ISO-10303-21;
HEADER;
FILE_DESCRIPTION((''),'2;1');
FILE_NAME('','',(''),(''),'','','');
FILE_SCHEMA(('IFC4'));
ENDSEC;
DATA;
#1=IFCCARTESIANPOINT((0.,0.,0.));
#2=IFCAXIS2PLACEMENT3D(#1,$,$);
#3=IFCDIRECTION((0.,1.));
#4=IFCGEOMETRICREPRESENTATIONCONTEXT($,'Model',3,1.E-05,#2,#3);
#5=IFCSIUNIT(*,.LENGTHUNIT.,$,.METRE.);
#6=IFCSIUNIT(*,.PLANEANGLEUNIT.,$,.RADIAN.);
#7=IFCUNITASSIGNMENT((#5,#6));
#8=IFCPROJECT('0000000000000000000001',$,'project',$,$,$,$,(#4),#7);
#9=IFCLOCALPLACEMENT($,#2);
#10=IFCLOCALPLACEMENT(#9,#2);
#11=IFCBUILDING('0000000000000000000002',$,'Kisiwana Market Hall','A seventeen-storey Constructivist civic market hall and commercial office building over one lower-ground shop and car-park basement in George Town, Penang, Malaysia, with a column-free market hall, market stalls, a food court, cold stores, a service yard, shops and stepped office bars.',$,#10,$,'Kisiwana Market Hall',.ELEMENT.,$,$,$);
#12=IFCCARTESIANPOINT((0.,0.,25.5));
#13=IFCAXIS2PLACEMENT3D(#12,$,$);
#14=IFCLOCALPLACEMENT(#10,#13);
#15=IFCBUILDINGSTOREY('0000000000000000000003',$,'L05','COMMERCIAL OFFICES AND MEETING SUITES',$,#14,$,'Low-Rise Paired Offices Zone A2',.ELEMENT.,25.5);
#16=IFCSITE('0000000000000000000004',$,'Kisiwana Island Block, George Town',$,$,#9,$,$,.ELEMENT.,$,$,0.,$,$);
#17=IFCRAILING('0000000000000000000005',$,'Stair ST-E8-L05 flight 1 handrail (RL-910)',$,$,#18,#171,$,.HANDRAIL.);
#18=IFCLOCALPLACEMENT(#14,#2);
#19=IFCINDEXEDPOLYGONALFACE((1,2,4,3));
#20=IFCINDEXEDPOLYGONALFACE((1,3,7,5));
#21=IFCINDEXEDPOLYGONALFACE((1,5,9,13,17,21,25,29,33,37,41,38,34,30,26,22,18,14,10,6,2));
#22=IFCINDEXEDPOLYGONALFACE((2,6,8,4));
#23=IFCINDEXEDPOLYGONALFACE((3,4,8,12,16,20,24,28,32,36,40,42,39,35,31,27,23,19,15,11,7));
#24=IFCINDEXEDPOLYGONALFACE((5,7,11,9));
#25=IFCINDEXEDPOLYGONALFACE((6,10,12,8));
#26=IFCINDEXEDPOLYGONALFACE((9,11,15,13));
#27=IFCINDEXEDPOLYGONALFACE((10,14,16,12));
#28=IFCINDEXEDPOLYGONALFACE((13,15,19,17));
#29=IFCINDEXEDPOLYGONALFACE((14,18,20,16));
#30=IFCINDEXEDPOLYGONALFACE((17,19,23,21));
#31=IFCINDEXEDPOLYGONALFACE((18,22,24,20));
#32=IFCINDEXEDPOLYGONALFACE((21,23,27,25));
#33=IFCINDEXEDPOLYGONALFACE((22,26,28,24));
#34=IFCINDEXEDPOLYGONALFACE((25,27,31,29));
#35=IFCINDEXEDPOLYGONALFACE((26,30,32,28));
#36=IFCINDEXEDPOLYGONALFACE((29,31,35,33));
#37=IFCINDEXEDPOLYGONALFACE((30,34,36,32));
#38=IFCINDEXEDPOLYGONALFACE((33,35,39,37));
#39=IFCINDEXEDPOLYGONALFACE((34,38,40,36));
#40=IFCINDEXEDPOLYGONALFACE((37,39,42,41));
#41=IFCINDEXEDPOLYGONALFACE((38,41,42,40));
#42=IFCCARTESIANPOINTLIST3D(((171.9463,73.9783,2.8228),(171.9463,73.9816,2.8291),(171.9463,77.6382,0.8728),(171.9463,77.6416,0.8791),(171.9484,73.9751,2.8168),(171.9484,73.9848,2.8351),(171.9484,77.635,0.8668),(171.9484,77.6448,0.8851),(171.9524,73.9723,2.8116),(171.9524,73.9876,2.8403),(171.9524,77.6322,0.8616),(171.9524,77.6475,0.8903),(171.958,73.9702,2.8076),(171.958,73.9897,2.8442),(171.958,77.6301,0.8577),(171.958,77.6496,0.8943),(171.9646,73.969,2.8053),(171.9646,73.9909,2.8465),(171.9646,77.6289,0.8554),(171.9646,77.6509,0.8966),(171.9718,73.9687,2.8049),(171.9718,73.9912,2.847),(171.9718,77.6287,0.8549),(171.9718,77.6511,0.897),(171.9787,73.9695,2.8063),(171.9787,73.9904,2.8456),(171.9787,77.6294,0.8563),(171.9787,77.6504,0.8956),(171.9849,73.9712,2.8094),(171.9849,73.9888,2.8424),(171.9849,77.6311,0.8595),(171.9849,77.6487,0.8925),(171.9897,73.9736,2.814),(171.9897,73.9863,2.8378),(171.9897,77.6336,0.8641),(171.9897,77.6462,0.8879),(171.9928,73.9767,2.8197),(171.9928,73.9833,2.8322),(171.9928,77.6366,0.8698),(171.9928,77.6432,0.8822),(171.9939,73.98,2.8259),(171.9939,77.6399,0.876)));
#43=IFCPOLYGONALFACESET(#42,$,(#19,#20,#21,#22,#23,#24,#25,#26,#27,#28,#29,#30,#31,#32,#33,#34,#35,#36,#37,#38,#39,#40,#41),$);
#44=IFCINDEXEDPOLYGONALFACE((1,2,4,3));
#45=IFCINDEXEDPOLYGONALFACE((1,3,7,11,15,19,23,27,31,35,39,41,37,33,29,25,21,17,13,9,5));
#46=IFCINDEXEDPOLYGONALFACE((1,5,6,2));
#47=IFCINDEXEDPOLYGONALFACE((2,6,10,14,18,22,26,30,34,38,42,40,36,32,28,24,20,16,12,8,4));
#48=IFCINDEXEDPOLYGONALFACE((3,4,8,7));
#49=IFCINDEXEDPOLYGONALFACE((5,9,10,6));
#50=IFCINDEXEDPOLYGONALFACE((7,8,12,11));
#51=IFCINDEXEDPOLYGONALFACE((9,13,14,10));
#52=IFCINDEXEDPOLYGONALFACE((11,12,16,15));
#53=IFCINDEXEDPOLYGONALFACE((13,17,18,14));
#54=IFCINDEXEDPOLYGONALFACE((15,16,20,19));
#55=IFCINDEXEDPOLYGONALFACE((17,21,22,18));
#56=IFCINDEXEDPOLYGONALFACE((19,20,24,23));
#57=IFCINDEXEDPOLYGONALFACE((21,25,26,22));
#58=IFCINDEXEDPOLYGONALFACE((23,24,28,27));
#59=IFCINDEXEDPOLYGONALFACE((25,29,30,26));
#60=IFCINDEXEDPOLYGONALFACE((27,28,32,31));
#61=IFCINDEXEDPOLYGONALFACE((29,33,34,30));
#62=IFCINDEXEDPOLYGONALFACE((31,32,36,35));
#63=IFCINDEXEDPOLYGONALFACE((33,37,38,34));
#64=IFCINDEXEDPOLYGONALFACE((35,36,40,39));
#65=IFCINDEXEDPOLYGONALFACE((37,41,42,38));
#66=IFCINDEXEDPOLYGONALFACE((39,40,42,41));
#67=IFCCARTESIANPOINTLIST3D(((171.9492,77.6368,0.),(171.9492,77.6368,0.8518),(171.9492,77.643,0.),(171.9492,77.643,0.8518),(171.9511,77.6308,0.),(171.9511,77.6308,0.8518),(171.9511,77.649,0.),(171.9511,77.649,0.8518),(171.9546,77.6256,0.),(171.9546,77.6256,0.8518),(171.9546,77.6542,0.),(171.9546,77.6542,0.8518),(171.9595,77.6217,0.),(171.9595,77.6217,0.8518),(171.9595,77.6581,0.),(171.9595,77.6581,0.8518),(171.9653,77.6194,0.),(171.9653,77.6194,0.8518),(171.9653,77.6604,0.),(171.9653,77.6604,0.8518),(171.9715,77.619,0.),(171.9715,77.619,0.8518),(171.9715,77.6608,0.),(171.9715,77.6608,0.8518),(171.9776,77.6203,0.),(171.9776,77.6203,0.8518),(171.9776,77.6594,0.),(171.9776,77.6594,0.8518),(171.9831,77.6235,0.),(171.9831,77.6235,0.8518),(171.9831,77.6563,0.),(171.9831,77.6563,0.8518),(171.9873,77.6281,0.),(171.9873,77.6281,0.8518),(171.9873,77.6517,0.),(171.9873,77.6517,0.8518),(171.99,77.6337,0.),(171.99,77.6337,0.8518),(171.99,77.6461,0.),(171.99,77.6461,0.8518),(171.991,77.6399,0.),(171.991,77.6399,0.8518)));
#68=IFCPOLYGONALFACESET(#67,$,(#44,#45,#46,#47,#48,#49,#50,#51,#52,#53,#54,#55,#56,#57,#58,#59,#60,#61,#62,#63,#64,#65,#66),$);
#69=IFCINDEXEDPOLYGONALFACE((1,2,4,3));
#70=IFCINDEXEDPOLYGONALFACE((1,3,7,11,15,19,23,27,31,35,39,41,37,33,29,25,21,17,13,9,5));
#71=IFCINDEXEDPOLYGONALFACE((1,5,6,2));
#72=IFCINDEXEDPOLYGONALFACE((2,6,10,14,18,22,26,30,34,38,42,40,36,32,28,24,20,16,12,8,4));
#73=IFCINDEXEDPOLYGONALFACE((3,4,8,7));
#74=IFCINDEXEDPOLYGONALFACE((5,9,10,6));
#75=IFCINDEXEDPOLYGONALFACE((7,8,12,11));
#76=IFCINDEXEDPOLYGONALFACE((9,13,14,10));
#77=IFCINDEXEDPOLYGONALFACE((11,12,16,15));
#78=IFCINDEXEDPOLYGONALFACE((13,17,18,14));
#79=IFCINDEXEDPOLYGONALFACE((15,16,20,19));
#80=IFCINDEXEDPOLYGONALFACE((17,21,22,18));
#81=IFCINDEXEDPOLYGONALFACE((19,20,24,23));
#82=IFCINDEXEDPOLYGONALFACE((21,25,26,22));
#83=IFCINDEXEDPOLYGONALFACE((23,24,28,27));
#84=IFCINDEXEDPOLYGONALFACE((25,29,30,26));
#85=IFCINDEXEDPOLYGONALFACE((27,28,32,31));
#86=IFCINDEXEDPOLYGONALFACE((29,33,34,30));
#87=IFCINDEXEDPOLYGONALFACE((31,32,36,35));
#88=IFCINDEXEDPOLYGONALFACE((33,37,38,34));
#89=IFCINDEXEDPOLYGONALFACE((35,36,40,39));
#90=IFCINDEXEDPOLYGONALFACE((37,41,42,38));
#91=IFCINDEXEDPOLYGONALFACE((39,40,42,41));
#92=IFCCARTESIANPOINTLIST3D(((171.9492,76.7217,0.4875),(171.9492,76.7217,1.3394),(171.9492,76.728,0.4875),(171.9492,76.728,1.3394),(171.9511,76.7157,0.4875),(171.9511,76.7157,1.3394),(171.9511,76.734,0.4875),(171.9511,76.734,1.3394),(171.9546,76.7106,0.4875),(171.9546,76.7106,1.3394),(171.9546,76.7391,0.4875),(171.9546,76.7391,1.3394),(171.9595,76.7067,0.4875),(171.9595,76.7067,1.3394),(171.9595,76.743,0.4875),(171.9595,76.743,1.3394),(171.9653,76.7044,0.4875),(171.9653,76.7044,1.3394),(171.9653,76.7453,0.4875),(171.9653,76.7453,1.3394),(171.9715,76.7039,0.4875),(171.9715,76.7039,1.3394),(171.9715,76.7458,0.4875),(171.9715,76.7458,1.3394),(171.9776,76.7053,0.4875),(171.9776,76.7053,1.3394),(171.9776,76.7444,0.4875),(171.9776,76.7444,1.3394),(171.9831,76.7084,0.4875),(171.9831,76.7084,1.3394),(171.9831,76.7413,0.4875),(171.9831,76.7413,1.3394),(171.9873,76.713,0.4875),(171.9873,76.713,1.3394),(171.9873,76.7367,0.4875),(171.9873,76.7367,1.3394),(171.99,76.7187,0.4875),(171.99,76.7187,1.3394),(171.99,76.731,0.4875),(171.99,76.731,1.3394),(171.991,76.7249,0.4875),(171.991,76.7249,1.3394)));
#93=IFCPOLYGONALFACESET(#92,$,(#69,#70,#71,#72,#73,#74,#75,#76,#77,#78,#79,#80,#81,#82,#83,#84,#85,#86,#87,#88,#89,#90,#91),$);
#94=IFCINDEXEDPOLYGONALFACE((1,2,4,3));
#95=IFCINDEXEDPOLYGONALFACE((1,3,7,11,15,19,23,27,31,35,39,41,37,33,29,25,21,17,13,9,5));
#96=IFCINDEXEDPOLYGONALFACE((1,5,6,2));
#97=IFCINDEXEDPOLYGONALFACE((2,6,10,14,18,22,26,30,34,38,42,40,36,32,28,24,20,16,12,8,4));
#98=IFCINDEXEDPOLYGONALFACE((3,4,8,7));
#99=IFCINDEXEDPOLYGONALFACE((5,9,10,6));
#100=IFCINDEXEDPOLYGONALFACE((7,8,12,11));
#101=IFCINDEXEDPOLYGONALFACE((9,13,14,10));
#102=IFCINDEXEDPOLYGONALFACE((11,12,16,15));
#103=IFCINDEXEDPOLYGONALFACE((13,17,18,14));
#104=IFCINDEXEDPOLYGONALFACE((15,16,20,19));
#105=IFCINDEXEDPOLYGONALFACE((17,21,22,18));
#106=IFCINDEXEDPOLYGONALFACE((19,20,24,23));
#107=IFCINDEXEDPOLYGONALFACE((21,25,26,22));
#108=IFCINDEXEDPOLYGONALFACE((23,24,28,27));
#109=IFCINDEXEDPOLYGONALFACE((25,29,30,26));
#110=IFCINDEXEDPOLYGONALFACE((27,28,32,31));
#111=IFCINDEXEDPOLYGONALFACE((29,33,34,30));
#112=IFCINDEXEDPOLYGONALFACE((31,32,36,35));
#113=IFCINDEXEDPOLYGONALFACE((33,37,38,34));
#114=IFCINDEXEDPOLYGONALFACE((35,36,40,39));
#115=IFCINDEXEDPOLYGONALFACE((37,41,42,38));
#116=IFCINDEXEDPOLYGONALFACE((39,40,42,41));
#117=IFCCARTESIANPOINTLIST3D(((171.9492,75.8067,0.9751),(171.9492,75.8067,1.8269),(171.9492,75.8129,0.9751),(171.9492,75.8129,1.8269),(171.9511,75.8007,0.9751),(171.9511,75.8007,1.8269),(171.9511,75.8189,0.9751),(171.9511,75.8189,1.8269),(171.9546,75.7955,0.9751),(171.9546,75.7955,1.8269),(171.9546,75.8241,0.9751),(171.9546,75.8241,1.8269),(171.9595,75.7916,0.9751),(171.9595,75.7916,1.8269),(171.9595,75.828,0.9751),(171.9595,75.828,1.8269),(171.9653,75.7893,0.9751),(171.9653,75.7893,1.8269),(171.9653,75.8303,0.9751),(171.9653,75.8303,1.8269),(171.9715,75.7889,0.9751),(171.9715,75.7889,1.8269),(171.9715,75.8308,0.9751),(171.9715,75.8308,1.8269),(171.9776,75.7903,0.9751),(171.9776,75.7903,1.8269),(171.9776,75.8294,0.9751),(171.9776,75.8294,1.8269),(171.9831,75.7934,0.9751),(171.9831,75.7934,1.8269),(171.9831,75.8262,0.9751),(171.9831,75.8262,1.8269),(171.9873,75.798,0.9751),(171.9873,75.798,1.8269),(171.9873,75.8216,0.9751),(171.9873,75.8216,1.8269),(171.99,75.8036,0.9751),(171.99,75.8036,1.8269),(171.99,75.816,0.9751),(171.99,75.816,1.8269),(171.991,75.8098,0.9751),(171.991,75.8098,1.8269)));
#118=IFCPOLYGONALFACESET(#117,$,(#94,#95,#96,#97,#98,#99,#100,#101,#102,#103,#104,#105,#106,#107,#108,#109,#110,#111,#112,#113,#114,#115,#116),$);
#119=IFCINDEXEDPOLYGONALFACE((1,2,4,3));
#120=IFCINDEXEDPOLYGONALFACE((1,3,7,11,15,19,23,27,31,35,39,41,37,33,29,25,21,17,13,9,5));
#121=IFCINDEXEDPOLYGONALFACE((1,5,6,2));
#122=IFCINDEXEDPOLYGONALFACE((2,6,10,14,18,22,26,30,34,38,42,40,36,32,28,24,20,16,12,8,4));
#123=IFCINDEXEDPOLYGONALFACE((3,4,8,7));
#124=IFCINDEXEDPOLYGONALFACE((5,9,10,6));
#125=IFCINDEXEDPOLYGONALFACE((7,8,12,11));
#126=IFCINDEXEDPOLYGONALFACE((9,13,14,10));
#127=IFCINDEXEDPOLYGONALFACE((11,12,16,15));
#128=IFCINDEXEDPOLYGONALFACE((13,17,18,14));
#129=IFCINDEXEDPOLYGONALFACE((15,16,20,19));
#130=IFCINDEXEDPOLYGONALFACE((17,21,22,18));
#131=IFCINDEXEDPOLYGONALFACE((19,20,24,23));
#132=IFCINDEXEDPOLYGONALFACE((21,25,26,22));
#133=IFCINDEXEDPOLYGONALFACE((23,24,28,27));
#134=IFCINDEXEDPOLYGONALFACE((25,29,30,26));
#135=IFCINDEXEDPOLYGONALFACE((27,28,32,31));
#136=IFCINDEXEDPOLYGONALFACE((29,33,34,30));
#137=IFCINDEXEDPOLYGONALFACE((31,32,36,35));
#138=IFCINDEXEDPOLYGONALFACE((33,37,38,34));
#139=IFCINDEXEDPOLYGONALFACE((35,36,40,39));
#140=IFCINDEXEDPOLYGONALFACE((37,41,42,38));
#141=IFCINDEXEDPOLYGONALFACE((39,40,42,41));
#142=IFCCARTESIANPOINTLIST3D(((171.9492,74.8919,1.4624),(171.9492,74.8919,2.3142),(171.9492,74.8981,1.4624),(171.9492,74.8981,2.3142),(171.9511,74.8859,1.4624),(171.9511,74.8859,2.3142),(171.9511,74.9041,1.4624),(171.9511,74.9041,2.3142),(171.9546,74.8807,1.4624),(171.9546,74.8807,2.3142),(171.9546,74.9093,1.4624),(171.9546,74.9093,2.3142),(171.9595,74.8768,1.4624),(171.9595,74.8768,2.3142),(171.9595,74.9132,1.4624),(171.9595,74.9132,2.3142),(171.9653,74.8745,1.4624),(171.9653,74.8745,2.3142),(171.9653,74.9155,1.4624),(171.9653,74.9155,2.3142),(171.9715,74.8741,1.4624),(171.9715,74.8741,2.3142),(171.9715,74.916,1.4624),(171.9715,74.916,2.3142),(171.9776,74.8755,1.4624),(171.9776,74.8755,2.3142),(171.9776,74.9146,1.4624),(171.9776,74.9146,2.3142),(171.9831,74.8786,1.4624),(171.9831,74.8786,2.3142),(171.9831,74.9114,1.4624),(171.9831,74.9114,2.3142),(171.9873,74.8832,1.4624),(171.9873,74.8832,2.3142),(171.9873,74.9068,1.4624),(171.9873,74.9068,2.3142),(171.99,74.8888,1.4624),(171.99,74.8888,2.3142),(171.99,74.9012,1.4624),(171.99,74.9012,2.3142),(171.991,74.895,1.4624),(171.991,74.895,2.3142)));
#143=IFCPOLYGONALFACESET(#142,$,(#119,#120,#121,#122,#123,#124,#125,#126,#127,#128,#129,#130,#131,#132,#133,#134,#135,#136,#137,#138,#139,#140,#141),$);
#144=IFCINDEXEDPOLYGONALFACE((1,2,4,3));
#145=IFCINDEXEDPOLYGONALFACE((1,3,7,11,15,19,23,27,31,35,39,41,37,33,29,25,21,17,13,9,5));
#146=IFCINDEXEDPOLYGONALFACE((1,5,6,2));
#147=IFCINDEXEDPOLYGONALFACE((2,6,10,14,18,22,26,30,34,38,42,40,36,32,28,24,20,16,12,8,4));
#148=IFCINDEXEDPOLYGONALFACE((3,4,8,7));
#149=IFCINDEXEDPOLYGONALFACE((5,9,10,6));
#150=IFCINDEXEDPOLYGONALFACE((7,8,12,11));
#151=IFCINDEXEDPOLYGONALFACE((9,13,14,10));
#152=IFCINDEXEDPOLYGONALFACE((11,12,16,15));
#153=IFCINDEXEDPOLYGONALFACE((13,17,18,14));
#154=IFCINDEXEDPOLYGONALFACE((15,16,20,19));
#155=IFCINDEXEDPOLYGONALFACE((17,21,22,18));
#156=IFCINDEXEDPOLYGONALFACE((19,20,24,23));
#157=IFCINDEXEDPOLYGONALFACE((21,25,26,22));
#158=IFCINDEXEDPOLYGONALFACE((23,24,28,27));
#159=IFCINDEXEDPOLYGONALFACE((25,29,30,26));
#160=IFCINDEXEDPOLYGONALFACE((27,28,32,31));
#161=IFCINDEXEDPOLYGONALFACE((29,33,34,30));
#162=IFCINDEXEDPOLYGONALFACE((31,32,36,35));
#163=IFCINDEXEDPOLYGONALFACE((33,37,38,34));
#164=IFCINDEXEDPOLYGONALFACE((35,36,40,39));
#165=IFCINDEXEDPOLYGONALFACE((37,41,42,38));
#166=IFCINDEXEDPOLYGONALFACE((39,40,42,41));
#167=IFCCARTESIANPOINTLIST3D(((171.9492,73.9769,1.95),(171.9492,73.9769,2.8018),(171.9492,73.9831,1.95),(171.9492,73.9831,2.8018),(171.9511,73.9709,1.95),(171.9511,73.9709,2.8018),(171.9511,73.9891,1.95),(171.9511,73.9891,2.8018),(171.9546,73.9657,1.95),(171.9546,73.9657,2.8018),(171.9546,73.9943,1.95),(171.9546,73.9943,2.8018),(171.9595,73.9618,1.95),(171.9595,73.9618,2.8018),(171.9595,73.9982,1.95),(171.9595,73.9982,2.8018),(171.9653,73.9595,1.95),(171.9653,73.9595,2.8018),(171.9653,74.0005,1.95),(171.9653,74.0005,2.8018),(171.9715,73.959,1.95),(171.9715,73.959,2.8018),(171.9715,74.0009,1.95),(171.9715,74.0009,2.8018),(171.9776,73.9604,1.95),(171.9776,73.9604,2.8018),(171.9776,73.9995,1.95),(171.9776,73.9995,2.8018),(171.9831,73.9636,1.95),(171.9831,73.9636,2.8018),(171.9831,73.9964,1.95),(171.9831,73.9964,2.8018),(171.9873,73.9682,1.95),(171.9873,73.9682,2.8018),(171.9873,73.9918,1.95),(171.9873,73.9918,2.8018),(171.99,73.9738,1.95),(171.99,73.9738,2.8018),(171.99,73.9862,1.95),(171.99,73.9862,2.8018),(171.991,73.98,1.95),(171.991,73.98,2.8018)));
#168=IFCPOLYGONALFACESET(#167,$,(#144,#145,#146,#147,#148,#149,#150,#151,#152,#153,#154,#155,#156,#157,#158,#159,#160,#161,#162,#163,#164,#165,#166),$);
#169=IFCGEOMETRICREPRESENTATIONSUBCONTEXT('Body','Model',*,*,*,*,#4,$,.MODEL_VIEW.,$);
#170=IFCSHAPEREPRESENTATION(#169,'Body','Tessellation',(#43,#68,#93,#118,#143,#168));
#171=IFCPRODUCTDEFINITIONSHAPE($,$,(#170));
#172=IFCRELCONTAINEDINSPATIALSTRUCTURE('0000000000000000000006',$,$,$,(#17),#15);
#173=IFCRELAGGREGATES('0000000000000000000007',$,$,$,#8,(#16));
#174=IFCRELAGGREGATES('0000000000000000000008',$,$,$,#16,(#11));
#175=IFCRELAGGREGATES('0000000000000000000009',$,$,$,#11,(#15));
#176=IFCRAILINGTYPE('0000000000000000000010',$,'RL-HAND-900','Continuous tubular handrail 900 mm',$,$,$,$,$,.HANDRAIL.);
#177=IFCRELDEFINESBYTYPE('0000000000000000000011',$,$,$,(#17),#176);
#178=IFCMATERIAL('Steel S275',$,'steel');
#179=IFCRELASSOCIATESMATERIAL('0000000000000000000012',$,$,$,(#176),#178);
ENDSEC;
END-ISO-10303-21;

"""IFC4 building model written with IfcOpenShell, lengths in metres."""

from ifc_helpers import new_model, si_unit, direction, frame, origin, origin_2d, place, context, subcontext, project, spatial, circle, extrude, material, type_object, element, save


model = new_model("IFC4")

# Units and contexts
model_context = context("Model", 3, precision=1e-05, world=origin(), true_north=direction((0.0, 1.0)))
body_context = subcontext(model_context, "Body", "Model", "MODEL_VIEW")
ifc_project = project(units=[si_unit("LENGTHUNIT", "METRE"), si_unit("PLANEANGLEUNIT", "RADIAN")], contexts=[model_context])

# Site, building, storey
site_placement = place(None, origin())
site = spatial("IfcSite", under=ifc_project, at=site_placement, Name="Kisiwana Island Block, George Town", CompositionType="ELEMENT", RefElevation=0.0)
building_placement = place(site_placement, origin())
building = spatial("IfcBuilding", under=site, at=building_placement, Name="Kisiwana Market Hall", Description="A seventeen-storey Constructivist civic market hall and commercial office building over one lower-ground shop and car-park basement in George Town, Penang, Malaysia, with a column-free market hall, market stalls, a food court, cold stores, a service yard, shops and stepped office bars.", LongName="Kisiwana Market Hall", CompositionType="ELEMENT")
storey_placement = place(building_placement, frame((0.0, 0.0, 25.5)))
storey = spatial("IfcBuildingStorey", under=building, at=storey_placement, Name="L05", Description="COMMERCIAL OFFICES AND MEETING SUITES", LongName="Low-Rise Paired Offices Zone A2", CompositionType="ELEMENT", Elevation=25.5)

# Railing
ifc_material_1 = material(Name="Steel S275", Category="steel")
railing_type_1 = type_object("IfcRailingType", Name="RL-HAND-900", Description="Continuous tubular handrail 900 mm", PredefinedType="HANDRAIL", material=ifc_material_1)
for number, where, name in (
    (1, (171.97, 77.6399, 0.0), "Stair ST-E8-L05 flight 1 handrail (RL-910)"),
):
    element("IfcRailing", number, at=place(storey_placement, frame(where)), inside=storey, type_object=railing_type_1, Name=name, PredefinedType="HANDRAIL", context=body_context, shape_type="SweptSolid", body=[
        extrude(circle(Radius=0.0239, at=origin_2d()), frame((0.0, 0.0, 0.876), z_axis=(0.0, -0.882553, 0.470212), x_axis=(1.0, 0.0, 0.0)), (0.0, 0.0, 1.0), 4.147),
        extrude(circle(Radius=0.021, at=origin_2d()), origin(), (0.0, 0.0, 1.0), 0.8518),
        extrude(circle(Radius=0.021, at=origin_2d()), frame((0.0, -0.915, 0.4875)), (0.0, 0.0, 1.0), 0.8518),
        extrude(circle(Radius=0.021, at=origin_2d()), frame((0.0, -1.8301, 0.9751)), (0.0, 0.0, 1.0), 0.8518),
        extrude(circle(Radius=0.021, at=origin_2d()), frame((0.0, -2.7449, 1.4624)), (0.0, 0.0, 1.0), 0.8518),
        extrude(circle(Radius=0.021, at=origin_2d()), frame((0.0, -3.6599, 1.95)), (0.0, 0.0, 1.0), 0.8518),
    ])

save(model, "model.ifc")
